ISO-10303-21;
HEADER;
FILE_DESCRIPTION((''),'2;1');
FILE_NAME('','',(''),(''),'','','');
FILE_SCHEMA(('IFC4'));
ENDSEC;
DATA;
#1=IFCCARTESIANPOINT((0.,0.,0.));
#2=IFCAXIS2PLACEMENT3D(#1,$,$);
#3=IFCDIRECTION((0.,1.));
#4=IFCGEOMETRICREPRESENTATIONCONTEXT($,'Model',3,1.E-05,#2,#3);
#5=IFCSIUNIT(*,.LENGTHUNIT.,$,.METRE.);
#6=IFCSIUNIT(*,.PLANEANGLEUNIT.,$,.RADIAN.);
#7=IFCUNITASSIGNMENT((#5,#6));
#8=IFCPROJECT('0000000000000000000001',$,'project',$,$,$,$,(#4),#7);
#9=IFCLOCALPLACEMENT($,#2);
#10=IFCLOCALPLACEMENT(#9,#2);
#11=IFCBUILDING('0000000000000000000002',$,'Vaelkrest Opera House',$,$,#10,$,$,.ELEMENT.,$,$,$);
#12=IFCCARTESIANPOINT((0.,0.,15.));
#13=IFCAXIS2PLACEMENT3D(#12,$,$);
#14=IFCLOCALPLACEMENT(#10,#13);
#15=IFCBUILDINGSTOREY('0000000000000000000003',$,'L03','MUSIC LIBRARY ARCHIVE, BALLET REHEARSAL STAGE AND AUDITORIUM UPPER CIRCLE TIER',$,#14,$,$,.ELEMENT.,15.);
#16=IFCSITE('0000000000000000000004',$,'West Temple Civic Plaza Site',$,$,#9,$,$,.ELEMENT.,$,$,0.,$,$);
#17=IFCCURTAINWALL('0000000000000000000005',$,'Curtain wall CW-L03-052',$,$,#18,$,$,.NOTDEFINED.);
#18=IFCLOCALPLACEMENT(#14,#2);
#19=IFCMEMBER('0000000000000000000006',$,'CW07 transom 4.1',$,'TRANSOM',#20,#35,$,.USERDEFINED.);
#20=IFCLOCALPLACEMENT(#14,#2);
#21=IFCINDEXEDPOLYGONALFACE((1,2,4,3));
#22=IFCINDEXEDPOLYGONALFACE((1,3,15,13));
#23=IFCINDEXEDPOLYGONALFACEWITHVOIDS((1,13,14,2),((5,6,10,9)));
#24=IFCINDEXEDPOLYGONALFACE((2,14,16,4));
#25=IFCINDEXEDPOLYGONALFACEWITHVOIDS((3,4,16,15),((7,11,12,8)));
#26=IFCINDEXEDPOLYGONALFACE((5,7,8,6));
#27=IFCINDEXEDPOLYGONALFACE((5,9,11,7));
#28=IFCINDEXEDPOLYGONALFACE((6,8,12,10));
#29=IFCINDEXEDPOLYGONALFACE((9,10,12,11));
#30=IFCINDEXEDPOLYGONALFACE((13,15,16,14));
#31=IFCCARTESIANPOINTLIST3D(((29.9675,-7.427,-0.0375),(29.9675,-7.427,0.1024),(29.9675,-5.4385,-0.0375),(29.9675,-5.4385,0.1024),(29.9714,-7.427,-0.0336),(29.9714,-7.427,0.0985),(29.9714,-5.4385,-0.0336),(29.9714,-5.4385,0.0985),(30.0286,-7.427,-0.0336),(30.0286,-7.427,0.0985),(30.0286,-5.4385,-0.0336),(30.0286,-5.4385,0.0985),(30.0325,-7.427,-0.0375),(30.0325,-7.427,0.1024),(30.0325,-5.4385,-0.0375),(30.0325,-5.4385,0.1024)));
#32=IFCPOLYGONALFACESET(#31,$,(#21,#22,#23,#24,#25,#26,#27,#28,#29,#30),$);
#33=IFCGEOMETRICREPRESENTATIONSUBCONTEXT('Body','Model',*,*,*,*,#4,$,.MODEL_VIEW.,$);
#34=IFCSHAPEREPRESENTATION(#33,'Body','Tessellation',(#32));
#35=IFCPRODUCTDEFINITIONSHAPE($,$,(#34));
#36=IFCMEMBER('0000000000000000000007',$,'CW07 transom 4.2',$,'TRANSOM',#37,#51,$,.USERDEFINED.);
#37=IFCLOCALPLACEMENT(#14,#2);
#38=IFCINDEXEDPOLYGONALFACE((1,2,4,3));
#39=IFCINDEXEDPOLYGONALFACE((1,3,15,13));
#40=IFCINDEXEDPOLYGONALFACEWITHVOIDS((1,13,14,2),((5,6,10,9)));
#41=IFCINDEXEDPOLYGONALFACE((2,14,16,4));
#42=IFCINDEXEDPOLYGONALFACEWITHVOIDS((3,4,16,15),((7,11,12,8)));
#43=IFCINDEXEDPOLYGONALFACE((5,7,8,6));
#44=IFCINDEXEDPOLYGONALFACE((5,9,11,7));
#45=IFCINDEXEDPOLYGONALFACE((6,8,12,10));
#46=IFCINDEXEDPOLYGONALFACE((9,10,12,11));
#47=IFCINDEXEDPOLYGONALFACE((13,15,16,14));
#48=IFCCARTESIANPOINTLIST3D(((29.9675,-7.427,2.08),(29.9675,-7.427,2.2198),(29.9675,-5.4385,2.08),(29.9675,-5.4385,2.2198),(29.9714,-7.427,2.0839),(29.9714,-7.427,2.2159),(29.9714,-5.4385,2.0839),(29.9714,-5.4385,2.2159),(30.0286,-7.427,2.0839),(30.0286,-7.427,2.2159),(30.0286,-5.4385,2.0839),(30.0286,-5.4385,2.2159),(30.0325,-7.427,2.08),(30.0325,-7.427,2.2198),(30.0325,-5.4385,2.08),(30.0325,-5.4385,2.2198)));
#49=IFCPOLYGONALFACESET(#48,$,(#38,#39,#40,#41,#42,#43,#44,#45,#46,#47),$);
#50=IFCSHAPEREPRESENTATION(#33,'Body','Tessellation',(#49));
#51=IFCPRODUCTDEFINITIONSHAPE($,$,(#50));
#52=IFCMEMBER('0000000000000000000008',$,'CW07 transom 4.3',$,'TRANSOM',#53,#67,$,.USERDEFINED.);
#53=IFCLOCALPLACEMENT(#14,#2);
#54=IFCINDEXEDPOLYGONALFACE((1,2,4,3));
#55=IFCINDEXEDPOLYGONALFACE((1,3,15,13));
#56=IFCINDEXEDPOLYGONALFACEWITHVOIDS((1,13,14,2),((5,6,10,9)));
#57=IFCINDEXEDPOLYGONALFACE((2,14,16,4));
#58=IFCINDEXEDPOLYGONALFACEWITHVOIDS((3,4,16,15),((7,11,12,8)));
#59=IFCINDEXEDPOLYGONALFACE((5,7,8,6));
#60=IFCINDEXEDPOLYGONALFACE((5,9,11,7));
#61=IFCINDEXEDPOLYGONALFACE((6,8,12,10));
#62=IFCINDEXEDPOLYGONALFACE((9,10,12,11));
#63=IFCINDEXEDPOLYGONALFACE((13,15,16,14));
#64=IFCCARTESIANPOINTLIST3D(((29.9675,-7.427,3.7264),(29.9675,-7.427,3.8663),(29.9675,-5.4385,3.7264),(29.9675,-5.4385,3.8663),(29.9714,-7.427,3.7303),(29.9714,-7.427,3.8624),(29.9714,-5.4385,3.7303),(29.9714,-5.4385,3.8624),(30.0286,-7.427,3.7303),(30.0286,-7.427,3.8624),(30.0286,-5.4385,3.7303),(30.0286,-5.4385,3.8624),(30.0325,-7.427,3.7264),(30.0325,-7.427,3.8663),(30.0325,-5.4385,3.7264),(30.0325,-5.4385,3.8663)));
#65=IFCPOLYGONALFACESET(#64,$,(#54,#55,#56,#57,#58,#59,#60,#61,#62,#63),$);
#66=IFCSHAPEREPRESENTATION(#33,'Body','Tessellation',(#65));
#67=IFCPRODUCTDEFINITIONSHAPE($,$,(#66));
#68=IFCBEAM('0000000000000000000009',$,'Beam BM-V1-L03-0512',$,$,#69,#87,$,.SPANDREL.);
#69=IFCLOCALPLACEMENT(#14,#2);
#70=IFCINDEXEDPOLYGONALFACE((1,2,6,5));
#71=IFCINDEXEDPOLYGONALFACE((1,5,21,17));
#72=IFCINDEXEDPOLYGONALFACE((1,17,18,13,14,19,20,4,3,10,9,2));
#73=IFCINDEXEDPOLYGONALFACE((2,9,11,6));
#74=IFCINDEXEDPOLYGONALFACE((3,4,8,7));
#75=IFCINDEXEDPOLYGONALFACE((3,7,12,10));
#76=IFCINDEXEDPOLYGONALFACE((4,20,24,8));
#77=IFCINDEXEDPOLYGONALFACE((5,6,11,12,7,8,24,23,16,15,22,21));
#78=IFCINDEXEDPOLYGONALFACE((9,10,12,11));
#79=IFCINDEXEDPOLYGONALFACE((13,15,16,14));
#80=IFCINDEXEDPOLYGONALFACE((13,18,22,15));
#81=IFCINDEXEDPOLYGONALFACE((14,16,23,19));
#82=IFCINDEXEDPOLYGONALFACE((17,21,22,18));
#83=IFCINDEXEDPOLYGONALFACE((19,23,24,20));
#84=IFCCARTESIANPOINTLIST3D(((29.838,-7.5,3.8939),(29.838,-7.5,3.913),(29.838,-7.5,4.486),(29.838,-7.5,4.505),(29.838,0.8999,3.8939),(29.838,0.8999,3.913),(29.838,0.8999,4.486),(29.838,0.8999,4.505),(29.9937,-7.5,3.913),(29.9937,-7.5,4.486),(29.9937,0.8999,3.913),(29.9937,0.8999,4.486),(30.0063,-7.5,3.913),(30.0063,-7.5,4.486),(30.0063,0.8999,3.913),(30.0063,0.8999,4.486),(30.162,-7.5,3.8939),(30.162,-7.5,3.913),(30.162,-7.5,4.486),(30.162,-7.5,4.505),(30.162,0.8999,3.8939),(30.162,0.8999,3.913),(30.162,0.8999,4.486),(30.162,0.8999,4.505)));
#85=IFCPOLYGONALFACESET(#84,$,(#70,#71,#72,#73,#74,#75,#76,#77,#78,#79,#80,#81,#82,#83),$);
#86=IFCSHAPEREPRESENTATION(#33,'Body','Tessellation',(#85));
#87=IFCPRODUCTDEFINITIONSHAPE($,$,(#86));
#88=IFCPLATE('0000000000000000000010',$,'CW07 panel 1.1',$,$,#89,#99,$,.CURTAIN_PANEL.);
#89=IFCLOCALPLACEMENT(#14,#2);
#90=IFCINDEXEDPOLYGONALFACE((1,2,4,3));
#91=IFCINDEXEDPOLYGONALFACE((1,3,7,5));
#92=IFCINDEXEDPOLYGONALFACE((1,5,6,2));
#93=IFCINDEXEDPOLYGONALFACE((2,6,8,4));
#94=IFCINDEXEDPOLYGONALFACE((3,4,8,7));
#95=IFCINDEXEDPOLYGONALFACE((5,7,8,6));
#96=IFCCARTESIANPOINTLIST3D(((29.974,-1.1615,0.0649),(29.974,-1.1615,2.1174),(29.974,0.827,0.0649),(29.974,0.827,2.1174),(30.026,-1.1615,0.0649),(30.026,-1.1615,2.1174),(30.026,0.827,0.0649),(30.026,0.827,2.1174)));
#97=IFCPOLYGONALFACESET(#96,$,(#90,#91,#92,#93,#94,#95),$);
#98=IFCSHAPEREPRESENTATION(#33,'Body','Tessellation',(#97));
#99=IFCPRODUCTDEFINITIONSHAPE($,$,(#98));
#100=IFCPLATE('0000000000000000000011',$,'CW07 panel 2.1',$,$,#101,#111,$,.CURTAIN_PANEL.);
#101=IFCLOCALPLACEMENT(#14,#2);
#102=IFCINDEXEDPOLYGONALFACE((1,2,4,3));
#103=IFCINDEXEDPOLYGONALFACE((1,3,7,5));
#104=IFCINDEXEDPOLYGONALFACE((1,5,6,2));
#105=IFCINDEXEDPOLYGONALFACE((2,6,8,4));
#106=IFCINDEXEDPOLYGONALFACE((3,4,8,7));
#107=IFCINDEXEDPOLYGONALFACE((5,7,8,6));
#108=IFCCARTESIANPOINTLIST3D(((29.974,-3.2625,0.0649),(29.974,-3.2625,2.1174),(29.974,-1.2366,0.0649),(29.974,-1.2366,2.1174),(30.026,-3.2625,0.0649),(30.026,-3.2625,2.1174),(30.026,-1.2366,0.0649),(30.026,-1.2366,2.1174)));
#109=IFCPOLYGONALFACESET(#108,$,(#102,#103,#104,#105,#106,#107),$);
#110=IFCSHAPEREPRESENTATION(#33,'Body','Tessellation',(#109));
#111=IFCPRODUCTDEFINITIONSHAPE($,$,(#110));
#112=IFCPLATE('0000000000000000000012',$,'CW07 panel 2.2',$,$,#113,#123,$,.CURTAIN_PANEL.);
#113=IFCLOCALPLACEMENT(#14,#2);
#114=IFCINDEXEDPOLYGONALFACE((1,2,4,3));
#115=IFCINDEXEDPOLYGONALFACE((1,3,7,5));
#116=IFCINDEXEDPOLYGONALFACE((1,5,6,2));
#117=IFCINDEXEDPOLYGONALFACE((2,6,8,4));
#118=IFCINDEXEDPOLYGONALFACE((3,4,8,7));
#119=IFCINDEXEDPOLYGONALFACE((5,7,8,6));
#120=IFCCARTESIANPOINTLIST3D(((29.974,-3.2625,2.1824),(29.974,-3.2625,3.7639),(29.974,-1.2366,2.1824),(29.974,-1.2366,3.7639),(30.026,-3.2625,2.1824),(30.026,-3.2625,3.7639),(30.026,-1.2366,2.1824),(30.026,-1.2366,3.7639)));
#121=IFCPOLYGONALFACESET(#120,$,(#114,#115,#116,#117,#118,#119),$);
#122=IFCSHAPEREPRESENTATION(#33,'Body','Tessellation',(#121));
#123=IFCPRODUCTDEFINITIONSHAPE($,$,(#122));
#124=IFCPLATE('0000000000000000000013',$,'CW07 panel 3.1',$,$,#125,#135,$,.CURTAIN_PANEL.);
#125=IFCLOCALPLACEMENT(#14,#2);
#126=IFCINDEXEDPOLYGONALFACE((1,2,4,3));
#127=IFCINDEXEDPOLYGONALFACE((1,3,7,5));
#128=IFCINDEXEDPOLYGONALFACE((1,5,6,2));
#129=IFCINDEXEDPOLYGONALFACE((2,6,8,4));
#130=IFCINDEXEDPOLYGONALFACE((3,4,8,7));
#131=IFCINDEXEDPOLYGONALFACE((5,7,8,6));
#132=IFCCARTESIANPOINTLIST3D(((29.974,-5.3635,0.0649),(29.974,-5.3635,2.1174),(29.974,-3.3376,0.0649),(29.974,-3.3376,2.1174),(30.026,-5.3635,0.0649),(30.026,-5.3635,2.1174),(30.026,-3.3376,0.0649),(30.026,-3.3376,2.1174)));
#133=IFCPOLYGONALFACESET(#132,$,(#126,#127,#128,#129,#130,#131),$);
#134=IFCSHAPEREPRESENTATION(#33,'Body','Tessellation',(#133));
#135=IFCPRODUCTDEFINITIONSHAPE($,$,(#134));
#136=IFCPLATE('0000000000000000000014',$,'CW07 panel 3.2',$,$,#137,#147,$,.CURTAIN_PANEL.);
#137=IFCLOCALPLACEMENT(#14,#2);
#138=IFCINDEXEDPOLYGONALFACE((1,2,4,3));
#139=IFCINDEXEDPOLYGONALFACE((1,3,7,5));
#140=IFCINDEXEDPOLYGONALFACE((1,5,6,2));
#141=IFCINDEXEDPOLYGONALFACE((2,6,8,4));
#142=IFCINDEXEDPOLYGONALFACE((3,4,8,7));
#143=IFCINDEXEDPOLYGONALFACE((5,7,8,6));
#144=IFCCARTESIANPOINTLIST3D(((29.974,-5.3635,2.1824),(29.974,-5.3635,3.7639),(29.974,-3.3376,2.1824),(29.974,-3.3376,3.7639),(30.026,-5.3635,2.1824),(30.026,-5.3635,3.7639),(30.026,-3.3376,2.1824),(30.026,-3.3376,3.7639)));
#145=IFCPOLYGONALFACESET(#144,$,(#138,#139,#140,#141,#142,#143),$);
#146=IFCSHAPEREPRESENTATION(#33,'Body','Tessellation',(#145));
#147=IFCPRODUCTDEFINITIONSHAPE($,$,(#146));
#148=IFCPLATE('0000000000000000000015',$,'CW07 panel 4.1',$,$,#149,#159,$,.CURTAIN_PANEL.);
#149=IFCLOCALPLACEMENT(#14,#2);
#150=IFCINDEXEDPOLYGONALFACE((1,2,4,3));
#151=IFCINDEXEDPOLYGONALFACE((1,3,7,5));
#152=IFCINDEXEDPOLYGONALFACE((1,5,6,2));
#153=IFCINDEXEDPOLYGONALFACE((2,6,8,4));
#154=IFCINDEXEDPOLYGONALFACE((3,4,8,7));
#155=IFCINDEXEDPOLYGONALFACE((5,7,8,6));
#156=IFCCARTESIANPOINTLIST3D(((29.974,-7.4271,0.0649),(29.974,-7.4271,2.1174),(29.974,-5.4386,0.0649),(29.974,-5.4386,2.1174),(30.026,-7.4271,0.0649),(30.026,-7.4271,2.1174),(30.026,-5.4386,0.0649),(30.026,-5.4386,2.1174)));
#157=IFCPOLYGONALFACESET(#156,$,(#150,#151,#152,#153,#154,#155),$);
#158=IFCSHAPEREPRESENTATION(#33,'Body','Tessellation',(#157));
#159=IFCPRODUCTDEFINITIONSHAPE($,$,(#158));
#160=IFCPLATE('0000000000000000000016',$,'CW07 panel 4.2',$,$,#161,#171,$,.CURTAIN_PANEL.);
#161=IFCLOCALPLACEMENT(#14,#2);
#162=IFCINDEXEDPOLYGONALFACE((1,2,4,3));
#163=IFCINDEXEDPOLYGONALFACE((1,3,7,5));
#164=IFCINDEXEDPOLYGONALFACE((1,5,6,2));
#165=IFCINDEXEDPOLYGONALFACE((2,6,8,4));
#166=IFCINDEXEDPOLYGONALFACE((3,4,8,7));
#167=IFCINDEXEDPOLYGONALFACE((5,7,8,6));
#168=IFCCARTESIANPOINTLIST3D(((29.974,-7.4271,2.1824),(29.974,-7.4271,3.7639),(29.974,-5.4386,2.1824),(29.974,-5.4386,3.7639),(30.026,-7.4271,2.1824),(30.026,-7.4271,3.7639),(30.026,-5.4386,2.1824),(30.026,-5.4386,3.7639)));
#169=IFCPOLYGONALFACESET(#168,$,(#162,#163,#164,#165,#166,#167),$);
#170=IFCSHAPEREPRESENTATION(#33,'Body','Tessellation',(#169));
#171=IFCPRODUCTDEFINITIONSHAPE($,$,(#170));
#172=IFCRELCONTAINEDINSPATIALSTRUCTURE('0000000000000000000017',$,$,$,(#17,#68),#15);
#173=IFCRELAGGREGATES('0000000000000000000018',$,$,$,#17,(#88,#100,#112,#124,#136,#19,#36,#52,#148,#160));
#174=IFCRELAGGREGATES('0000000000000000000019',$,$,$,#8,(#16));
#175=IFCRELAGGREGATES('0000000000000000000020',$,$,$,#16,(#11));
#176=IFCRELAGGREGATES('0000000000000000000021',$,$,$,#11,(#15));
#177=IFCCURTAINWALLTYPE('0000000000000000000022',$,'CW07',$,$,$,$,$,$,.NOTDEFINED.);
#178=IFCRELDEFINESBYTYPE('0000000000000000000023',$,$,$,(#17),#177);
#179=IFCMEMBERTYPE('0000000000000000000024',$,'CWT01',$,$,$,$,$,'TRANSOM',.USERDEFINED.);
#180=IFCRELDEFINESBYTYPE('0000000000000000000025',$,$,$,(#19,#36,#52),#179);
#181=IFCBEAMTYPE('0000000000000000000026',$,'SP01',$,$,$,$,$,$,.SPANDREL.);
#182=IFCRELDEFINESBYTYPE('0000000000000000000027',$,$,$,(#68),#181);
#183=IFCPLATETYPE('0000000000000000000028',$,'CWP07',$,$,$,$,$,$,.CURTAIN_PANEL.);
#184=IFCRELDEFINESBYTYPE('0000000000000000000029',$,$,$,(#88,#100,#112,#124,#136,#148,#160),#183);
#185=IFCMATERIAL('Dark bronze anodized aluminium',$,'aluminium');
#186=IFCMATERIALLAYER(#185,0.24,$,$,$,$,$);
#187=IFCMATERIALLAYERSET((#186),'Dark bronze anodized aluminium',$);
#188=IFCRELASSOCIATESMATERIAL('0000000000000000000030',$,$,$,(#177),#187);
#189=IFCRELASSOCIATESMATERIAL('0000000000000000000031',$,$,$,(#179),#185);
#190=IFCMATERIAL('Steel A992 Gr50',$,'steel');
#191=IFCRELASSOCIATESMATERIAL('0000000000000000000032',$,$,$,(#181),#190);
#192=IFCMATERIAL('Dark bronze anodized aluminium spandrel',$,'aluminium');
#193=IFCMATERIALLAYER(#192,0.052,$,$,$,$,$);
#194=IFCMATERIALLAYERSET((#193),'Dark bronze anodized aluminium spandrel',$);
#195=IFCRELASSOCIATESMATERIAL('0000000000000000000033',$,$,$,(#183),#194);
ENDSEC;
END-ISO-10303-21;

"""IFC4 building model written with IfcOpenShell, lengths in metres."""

from ifc_helpers import new_model, si_unit, direction, frame, origin, origin_2d, place, context, subcontext, project, spatial, rectangle, hollow_rectangle, i_section, extrude, material, layer, layer_set, material_profile, profile_set, type_object, element, aggregate, save


model = new_model("IFC4")

# Units and contexts
model_context = context("Model", 3, precision=1e-05, world=origin(), true_north=direction((0.0, 1.0)))
body_context = subcontext(model_context, "Body", "Model", "MODEL_VIEW")
ifc_project = project(units=[si_unit("LENGTHUNIT", "METRE"), si_unit("PLANEANGLEUNIT", "RADIAN")], contexts=[model_context])

# Site, building, storey
site_placement = place(None, origin())
site = spatial("IfcSite", under=ifc_project, at=site_placement, Name="West Temple Civic Plaza Site", CompositionType="ELEMENT", RefElevation=0.0)
building_placement = place(site_placement, origin())
building = spatial("IfcBuilding", under=site, at=building_placement, Name="Vaelkrest Opera House", CompositionType="ELEMENT")
storey_placement = place(building_placement, frame((0.0, 0.0, 15.0)))
storey = spatial("IfcBuildingStorey", under=building, at=storey_placement, Name="L03", Description="MUSIC LIBRARY ARCHIVE, BALLET REHEARSAL STAGE AND AUDITORIUM UPPER CIRCLE TIER", CompositionType="ELEMENT", Elevation=15.0)

# Curtain wall, members
ifc_material_1 = material(Name="Dark bronze anodized aluminium", Category="aluminium")
ifc_layer_1 = layer(ifc_material_1, 0.24)
ifc_layer_set_1 = layer_set([ifc_layer_1], Name="Dark bronze anodized aluminium")
curtain_wall_type = type_object("IfcCurtainWallType", Name="CW07", PredefinedType="NOTDEFINED", material=ifc_layer_set_1)
curtain_wall_placement = place(storey_placement, origin())
curtain_wall = element("IfcCurtainWall", 1, at=curtain_wall_placement, inside=storey, type_object=curtain_wall_type, Name="Curtain wall CW-L03-052", PredefinedType="NOTDEFINED")
ifc_material_profile_1 = material_profile(ifc_material_1, hollow_rectangle(XDim=0.0649, YDim=0.1399, WallThickness=0.0039, at=origin_2d()), Name="CWT65X140")
ifc_profile_set_1 = profile_set([ifc_material_profile_1], Name="Dark bronze anodized aluminium")
member_type_1 = type_object("IfcMemberType", Name="CWT01", ElementType="TRANSOM", PredefinedType="USERDEFINED", material=ifc_profile_set_1)
member_1_placement = place(storey_placement, frame((30.0, -5.4385, 0.0325), z_axis=(0.0, -1.0, 0.0), x_axis=(1.0, 0.0, 0.0)))
member_1 = element("IfcMember", 2, at=member_1_placement, type_object=member_type_1, Name="CW07 transom 4.1", ObjectType="TRANSOM", PredefinedType="USERDEFINED", context=body_context, shape_type="SweptSolid", body=[
    extrude(hollow_rectangle(XDim=0.0649, YDim=0.1399, WallThickness=0.0039, at=origin_2d()), origin(), (0.0, 0.0, 1.0), 1.9885),
])
member_2_placement = place(storey_placement, frame((30.0, -5.4385, 2.1499), z_axis=(0.0, -1.0, 0.0), x_axis=(1.0, 0.0, 0.0)))
member_2 = element("IfcMember", 3, at=member_2_placement, type_object=member_type_1, Name="CW07 transom 4.2", ObjectType="TRANSOM", PredefinedType="USERDEFINED", context=body_context, shape_type="SweptSolid", body=[
    extrude(hollow_rectangle(XDim=0.0649, YDim=0.1399, WallThickness=0.0039, at=origin_2d()), origin(), (0.0, 0.0, 1.0), 1.9885),
])
member_3_placement = place(storey_placement, frame((30.0, -5.4385, 3.7964), z_axis=(0.0, -1.0, 0.0), x_axis=(1.0, 0.0, 0.0)))
member_3 = element("IfcMember", 4, at=member_3_placement, type_object=member_type_1, Name="CW07 transom 4.3", ObjectType="TRANSOM", PredefinedType="USERDEFINED", context=body_context, shape_type="SweptSolid", body=[
    extrude(hollow_rectangle(XDim=0.0649, YDim=0.1399, WallThickness=0.0039, at=origin_2d()), origin(), (0.0, 0.0, 1.0), 1.9885),
])

# Beam
ifc_material_2 = material(Name="Steel A992 Gr50", Category="steel")
ifc_material_profile_2 = material_profile(ifc_material_2, i_section(OverallWidth=0.324, OverallDepth=0.6111, WebThickness=0.0127, FlangeThickness=0.019, at=origin_2d()), Name="W24X104")
ifc_profile_set_2 = profile_set([ifc_material_profile_2], Name="Steel A992 Gr50")
beam_type_1 = type_object("IfcBeamType", Name="SP01", PredefinedType="SPANDREL", material=ifc_profile_set_2)
beam_1_placement = place(storey_placement, frame((30.0, -7.5, 4.1995), z_axis=(0.0, 1.0, 0.0), x_axis=(-1.0, 0.0, 0.0)))
element("IfcBeam", 5, at=beam_1_placement, inside=storey, type_object=beam_type_1, Name="Beam BM-V1-L03-0512", PredefinedType="SPANDREL", context=body_context, shape_type="SweptSolid", body=[
    extrude(i_section(OverallWidth=0.324, OverallDepth=0.6111, WebThickness=0.0127, FlangeThickness=0.019, at=origin_2d()), origin(), (0.0, 0.0, 1.0), 8.3999),
])

# Plates
ifc_material_3 = material(Name="Dark bronze anodized aluminium spandrel", Category="aluminium")
ifc_layer_2 = layer(ifc_material_3, 0.052)
ifc_layer_set_2 = layer_set([ifc_layer_2], Name="Dark bronze anodized aluminium spandrel")
plate_type = type_object("IfcPlateType", Name="CWP07", PredefinedType="CURTAIN_PANEL", material=ifc_layer_set_2)
plate_1_placement = place(storey_placement, frame((30.0, -0.1672, 0.0649), z_axis=(0.0, 0.0, 1.0), x_axis=(0.0, -1.0, 0.0)))
plate_1 = element("IfcPlate", 6, at=plate_1_placement, type_object=plate_type, Name="CW07 panel 1.1", PredefinedType="CURTAIN_PANEL", context=body_context, shape_type="SweptSolid", body=[
    extrude(rectangle(XDim=1.9885, YDim=0.052, at=origin_2d()), origin(), (0.0, 0.0, 1.0), 2.0525),
])
plate_2_placement = place(storey_placement, frame((30.0, -2.2495, 0.0649), z_axis=(0.0, 0.0, 1.0), x_axis=(0.0, -1.0, 0.0)))
plate_2 = element("IfcPlate", 7, at=plate_2_placement, type_object=plate_type, Name="CW07 panel 2.1", PredefinedType="CURTAIN_PANEL", context=body_context, shape_type="SweptSolid", body=[
    extrude(rectangle(XDim=2.0259, YDim=0.052, at=origin_2d()), origin(), (0.0, 0.0, 1.0), 2.0525),
])
plate_3_placement = place(storey_placement, frame((30.0, -2.2495, 2.1824), z_axis=(0.0, 0.0, 1.0), x_axis=(0.0, -1.0, 0.0)))
plate_3 = element("IfcPlate", 8, at=plate_3_placement, type_object=plate_type, Name="CW07 panel 2.2", PredefinedType="CURTAIN_PANEL", context=body_context, shape_type="SweptSolid", body=[
    extrude(rectangle(XDim=2.0259, YDim=0.052, at=origin_2d()), origin(), (0.0, 0.0, 1.0), 1.5815),
])
plate_4_placement = place(storey_placement, frame((30.0, -4.3506, 0.0649), z_axis=(0.0, 0.0, 1.0), x_axis=(0.0, -1.0, 0.0)))
plate_4 = element("IfcPlate", 9, at=plate_4_placement, type_object=plate_type, Name="CW07 panel 3.1", PredefinedType="CURTAIN_PANEL", context=body_context, shape_type="SweptSolid", body=[
    extrude(rectangle(XDim=2.0259, YDim=0.052, at=origin_2d()), origin(), (0.0, 0.0, 1.0), 2.0525),
])
plate_5_placement = place(storey_placement, frame((30.0, -4.3506, 2.1824), z_axis=(0.0, 0.0, 1.0), x_axis=(0.0, -1.0, 0.0)))
plate_5 = element("IfcPlate", 10, at=plate_5_placement, type_object=plate_type, Name="CW07 panel 3.2", PredefinedType="CURTAIN_PANEL", context=body_context, shape_type="SweptSolid", body=[
    extrude(rectangle(XDim=2.0259, YDim=0.052, at=origin_2d()), origin(), (0.0, 0.0, 1.0), 1.5815),
])
plate_6_placement = place(storey_placement, frame((30.0, -6.4329, 0.0649), z_axis=(0.0, 0.0, 1.0), x_axis=(0.0, -1.0, 0.0)))
plate_6 = element("IfcPlate", 11, at=plate_6_placement, type_object=plate_type, Name="CW07 panel 4.1", PredefinedType="CURTAIN_PANEL", context=body_context, shape_type="SweptSolid", body=[
    extrude(rectangle(XDim=1.9885, YDim=0.052, at=origin_2d()), origin(), (0.0, 0.0, 1.0), 2.0525),
])
plate_7_placement = place(storey_placement, frame((30.0, -6.4329, 2.1824), z_axis=(0.0, 0.0, 1.0), x_axis=(0.0, -1.0, 0.0)))
plate_7 = element("IfcPlate", 12, at=plate_7_placement, type_object=plate_type, Name="CW07 panel 4.2", PredefinedType="CURTAIN_PANEL", context=body_context, shape_type="SweptSolid", body=[
    extrude(rectangle(XDim=1.9885, YDim=0.052, at=origin_2d()), origin(), (0.0, 0.0, 1.0), 1.5815),
])
aggregate(curtain_wall, [plate_1, plate_2, plate_3, plate_4, plate_5, member_1, member_2, member_3, plate_6, plate_7])

save(model, "model.ifc")
